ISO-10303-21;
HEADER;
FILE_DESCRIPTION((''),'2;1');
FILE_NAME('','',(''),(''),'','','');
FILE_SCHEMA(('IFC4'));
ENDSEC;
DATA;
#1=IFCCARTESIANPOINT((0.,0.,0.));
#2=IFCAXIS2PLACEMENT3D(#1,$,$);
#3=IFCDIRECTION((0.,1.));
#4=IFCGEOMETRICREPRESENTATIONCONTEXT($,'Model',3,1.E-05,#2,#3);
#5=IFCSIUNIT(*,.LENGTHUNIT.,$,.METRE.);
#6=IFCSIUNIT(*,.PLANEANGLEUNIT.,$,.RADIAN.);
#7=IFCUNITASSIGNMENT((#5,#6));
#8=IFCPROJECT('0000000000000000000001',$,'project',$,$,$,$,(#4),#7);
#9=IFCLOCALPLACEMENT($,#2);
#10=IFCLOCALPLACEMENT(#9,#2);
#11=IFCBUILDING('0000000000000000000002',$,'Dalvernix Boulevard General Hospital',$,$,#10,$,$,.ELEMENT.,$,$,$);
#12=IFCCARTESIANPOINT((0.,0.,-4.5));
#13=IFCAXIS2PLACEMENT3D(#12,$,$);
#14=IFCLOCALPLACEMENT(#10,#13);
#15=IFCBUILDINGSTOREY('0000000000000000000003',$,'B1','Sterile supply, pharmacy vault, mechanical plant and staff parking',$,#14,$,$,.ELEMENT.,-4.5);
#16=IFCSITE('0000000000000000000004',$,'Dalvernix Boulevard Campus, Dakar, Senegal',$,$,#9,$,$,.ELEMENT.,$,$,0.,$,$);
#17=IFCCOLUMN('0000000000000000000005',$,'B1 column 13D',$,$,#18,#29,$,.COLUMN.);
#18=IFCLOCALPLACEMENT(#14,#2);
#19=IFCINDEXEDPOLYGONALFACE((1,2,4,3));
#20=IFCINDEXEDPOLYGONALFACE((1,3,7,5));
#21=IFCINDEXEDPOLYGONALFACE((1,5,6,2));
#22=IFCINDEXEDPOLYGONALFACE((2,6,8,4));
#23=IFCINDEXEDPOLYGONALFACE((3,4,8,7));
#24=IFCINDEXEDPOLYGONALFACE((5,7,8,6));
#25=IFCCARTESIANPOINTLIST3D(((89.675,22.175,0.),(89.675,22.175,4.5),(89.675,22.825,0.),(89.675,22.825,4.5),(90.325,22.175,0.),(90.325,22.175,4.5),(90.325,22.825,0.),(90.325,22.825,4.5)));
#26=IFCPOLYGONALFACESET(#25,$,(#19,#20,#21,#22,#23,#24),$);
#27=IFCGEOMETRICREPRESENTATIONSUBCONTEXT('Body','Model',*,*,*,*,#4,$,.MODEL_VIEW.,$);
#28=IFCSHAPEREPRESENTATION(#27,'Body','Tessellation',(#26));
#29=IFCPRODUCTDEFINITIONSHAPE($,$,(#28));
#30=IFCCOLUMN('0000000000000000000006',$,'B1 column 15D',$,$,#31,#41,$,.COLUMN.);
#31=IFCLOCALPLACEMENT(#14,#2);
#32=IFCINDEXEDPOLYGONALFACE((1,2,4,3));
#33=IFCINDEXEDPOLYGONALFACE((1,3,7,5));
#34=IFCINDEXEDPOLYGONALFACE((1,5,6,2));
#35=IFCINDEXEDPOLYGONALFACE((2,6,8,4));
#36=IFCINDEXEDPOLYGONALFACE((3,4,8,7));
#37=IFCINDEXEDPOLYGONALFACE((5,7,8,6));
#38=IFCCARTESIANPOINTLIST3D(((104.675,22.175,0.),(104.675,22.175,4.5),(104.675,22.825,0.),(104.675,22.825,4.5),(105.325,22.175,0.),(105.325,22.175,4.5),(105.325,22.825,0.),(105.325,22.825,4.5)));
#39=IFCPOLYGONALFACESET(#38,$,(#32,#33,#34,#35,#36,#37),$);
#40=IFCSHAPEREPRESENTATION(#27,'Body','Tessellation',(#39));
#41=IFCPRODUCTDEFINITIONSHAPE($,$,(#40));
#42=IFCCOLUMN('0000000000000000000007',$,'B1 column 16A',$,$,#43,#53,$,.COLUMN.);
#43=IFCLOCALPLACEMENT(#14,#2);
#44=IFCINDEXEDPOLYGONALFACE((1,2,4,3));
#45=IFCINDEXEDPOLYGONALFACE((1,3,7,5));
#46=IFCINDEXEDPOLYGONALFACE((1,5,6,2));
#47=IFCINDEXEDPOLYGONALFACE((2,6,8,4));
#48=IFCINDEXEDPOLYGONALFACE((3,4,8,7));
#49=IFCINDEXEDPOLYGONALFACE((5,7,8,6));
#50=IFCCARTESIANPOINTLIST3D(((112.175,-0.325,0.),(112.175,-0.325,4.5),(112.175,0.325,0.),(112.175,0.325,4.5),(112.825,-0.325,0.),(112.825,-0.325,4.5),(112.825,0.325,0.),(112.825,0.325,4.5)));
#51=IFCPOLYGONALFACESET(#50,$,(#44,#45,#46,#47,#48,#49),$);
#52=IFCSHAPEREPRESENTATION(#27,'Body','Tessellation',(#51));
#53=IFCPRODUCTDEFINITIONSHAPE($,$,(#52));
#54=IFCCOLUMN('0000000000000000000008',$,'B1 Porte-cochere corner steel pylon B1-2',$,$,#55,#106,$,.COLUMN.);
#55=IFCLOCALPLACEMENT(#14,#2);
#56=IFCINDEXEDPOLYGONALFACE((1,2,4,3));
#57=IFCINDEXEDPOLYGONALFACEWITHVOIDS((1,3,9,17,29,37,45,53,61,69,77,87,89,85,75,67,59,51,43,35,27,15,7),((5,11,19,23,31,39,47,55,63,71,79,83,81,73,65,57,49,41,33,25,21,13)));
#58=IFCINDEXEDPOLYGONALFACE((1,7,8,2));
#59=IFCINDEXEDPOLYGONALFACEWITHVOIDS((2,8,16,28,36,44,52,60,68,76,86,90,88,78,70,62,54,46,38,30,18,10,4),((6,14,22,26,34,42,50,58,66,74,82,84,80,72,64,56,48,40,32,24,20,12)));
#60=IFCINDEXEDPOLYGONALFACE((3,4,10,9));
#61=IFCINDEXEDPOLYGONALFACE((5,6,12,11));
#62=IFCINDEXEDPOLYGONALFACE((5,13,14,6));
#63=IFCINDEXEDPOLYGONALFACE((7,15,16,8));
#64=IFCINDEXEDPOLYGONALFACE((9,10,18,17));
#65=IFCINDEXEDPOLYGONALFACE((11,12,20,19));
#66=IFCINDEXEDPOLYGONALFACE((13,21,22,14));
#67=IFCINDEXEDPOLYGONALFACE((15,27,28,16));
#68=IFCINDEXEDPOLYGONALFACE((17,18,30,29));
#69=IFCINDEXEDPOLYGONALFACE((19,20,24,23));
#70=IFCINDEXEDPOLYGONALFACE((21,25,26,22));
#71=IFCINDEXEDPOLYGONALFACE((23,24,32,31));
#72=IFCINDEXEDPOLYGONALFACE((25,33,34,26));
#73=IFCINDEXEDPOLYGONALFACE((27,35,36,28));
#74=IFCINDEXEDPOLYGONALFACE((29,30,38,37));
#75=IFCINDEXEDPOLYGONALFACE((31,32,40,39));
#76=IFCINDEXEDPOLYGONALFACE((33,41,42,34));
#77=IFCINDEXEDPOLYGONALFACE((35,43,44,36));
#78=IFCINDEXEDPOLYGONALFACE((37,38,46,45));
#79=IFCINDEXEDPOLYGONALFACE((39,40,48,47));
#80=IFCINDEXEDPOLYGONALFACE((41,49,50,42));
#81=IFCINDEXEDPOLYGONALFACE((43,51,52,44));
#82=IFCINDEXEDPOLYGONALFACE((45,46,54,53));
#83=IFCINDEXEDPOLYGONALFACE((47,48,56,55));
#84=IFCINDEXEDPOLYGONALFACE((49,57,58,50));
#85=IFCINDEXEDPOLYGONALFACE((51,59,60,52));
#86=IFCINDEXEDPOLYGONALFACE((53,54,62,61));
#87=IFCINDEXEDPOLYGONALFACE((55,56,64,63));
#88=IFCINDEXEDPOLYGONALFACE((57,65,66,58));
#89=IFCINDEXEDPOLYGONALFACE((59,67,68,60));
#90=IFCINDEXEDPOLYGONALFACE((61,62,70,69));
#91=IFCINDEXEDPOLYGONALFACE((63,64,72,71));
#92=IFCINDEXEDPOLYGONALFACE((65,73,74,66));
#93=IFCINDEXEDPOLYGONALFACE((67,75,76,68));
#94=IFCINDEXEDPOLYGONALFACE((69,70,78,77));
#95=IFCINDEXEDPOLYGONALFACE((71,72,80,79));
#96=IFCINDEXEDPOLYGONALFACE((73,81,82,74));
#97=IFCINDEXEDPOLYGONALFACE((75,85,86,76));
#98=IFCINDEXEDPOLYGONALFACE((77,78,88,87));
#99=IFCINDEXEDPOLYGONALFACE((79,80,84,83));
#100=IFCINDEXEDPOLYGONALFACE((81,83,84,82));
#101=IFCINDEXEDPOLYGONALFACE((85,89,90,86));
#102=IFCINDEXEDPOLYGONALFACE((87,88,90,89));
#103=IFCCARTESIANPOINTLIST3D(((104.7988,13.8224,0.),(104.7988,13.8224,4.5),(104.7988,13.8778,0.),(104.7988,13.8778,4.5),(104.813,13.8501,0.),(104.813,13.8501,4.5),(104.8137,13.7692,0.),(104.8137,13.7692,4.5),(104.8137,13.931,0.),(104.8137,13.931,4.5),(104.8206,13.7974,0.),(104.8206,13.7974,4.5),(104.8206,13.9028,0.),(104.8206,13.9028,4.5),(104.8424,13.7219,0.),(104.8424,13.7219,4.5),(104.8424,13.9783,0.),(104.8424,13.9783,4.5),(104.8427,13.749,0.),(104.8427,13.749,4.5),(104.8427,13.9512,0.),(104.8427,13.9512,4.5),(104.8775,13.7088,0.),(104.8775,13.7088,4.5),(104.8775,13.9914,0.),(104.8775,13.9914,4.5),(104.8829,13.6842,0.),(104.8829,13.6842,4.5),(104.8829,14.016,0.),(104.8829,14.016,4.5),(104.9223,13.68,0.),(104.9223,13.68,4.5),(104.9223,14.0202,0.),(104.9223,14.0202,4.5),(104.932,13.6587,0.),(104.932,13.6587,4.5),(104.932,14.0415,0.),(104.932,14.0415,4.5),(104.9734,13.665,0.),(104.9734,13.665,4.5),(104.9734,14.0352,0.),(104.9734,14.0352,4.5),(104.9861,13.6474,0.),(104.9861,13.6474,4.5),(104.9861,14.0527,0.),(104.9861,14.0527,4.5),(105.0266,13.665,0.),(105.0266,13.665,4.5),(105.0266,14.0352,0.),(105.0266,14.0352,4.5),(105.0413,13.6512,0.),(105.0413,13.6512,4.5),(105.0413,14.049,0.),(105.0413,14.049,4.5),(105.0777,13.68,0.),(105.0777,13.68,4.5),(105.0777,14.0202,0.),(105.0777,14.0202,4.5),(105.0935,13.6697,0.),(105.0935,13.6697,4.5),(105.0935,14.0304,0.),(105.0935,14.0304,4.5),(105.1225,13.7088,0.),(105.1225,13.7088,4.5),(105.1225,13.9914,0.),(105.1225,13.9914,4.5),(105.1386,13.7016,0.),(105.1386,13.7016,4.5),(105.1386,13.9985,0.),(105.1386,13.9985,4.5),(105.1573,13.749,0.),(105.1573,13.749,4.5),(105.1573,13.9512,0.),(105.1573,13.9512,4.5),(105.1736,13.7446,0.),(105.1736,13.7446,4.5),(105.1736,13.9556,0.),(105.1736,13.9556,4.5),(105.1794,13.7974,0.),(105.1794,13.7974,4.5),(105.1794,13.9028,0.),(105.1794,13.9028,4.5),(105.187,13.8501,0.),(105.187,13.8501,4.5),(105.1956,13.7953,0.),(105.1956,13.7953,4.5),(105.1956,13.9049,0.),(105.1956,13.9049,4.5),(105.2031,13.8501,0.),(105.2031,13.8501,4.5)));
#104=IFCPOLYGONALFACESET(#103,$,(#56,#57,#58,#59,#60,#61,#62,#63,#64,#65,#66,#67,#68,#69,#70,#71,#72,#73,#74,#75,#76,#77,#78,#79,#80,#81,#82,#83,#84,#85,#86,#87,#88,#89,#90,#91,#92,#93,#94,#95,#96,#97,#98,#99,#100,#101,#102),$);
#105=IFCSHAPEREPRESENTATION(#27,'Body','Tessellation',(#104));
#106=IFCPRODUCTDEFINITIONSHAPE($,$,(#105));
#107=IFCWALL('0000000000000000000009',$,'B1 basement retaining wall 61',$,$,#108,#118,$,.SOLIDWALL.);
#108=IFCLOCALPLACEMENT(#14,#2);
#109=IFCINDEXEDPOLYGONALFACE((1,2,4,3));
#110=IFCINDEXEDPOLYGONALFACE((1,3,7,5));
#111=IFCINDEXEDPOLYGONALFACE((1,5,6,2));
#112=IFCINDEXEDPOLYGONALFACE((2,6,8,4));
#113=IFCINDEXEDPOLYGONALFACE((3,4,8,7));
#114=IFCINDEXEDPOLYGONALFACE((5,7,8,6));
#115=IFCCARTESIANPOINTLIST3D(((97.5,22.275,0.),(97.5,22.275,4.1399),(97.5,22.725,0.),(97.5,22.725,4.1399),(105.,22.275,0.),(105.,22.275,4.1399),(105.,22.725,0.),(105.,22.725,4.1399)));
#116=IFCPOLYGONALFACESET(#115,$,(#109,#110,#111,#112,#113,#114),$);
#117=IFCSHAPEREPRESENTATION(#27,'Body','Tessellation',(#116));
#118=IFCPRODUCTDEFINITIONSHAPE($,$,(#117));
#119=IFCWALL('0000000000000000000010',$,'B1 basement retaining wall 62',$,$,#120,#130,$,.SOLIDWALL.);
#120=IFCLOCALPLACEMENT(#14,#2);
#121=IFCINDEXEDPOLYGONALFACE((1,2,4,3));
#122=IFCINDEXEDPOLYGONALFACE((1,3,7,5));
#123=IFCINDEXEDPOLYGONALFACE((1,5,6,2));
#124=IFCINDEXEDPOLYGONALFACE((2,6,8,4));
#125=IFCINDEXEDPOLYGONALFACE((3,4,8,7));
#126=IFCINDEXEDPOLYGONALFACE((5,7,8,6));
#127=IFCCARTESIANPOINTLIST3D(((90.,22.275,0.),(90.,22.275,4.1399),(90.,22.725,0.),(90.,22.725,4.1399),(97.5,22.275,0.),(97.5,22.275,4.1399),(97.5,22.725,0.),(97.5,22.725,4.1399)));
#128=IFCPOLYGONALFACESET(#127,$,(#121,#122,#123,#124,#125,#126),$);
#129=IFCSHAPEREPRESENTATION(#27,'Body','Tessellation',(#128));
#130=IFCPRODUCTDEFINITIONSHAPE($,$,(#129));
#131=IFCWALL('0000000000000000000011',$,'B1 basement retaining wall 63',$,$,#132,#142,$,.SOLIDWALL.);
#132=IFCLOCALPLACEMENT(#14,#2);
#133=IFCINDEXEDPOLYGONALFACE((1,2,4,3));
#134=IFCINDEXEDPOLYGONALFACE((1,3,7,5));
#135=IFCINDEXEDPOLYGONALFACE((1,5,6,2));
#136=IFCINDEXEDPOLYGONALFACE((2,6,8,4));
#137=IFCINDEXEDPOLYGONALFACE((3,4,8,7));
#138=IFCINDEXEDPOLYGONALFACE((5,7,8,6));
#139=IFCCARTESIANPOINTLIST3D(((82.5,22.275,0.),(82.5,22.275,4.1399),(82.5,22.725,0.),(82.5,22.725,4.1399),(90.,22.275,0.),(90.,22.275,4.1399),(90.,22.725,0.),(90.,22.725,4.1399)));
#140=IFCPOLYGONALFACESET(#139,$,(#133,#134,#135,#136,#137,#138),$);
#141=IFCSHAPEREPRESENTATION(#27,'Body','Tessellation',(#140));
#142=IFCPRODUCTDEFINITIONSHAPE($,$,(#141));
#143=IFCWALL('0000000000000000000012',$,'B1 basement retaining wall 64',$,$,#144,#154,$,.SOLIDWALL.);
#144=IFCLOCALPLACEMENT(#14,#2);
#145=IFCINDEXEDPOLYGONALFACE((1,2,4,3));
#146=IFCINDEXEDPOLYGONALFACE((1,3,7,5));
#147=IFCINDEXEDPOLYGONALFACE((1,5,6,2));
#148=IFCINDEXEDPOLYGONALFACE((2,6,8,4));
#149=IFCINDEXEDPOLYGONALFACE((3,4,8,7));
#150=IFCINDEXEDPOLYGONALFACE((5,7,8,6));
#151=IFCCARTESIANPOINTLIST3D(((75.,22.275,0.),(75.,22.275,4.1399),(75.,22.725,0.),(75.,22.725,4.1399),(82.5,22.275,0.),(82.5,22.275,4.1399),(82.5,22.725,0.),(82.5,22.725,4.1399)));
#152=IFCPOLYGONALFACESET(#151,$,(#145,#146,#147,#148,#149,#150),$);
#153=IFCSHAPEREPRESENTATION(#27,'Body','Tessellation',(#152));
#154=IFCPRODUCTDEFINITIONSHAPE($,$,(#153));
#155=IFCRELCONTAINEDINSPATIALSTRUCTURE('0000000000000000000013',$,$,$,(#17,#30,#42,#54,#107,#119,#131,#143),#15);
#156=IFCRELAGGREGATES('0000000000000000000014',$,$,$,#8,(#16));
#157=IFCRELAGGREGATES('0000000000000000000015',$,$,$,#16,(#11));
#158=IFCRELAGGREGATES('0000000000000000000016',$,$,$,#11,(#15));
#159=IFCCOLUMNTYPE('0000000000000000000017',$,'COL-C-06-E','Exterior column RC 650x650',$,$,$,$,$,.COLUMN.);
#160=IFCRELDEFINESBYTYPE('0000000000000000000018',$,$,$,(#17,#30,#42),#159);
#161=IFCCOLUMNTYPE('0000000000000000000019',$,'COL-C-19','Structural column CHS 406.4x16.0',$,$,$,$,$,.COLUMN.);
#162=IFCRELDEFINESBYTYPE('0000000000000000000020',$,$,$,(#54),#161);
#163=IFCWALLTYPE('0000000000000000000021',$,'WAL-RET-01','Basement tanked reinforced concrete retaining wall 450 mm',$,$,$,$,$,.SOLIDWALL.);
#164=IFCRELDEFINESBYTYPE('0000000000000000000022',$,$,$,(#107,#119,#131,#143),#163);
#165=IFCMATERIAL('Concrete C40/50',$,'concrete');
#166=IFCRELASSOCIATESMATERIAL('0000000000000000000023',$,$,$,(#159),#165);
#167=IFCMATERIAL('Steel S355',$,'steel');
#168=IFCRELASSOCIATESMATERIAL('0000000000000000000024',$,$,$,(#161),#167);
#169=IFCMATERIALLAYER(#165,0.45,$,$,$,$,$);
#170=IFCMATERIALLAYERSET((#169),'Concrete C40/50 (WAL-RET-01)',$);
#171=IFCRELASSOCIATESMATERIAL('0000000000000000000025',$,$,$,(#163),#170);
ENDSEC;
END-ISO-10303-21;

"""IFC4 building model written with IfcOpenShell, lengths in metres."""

from ifc_helpers import new_model, si_unit, direction, frame, frame_2d, origin, origin_2d, place, context, subcontext, project, spatial, rectangle, hollow_circle, extrude, material, layer, layer_set, material_profile, profile_set, type_object, element, save


model = new_model("IFC4")

# Units and contexts
model_context = context("Model", 3, precision=1e-05, world=origin(), true_north=direction((0.0, 1.0)))
body_context = subcontext(model_context, "Body", "Model", "MODEL_VIEW")
ifc_project = project(units=[si_unit("LENGTHUNIT", "METRE"), si_unit("PLANEANGLEUNIT", "RADIAN")], contexts=[model_context])

# Site, building, storey
site_placement = place(None, origin())
site = spatial("IfcSite", under=ifc_project, at=site_placement, Name="Dalvernix Boulevard Campus, Dakar, Senegal", CompositionType="ELEMENT", RefElevation=0.0)
building_placement = place(site_placement, origin())
building = spatial("IfcBuilding", under=site, at=building_placement, Name="Dalvernix Boulevard General Hospital", CompositionType="ELEMENT")
storey_placement = place(building_placement, frame((0.0, 0.0, -4.5)))
storey = spatial("IfcBuildingStorey", under=building, at=storey_placement, Name="B1", Description="Sterile supply, pharmacy vault, mechanical plant and staff parking", CompositionType="ELEMENT", Elevation=-4.5)

# Shared definitions
ifc_material_1 = material(Name="Concrete C40/50", Category="concrete")

# Columns
ifc_material_profile_1 = material_profile(ifc_material_1, rectangle(XDim=0.6499, YDim=0.6499, at=origin_2d()), Name="RC 650x650")
ifc_profile_set_1 = profile_set([ifc_material_profile_1], Name="Concrete C40/50")
column_type_1 = type_object("IfcColumnType", Name="COL-C-06-E", Description="Exterior column RC 650x650", PredefinedType="COLUMN", material=ifc_profile_set_1)
for number, where, z_axis, x_axis, name in (
    (1, (90.0, 22.5, 0.0), (0.0, 0.0, 1.0), (1.0, 0.0, 0.0), "B1 column 13D"),
    (2, (105.0, 22.5, 0.0), (0.0, 0.0, 1.0), (1.0, 0.0, 0.0), "B1 column 15D"),
    (3, (112.5, 0.0, 0.0), (0.0, 0.0, 1.0), (1.0, 0.0, 0.0), "B1 column 16A"),
):
    element("IfcColumn", number, at=place(storey_placement, frame(where, z_axis=z_axis, x_axis=x_axis)), inside=storey, type_object=column_type_1, Name=name, PredefinedType="COLUMN", context=body_context, shape_type="SweptSolid", body=[
        extrude(rectangle(XDim=0.6499, YDim=0.6499, at=origin_2d()), origin(), (0.0, 0.0, 1.0), 4.5),
    ])
ifc_material_2 = material(Name="Steel S355", Category="steel")
ifc_material_profile_2 = material_profile(ifc_material_2, hollow_circle(Radius=0.2031, WallThickness=0.0161, at=origin_2d()), Name="CHS 406.4x16.0")
ifc_profile_set_2 = profile_set([ifc_material_profile_2], Name="Steel S355")
column_type_2 = type_object("IfcColumnType", Name="COL-C-19", Description="Structural column CHS 406.4x16.0", PredefinedType="COLUMN", material=ifc_profile_set_2)
column_placement = place(storey_placement, frame((105.0, 13.8501, 0.0), z_axis=(0.0, 0.0, 1.0), x_axis=(1.0, 0.0, 0.0)))
element("IfcColumn", 4, at=column_placement, inside=storey, type_object=column_type_2, Name="B1 Porte-cochere corner steel pylon B1-2", PredefinedType="COLUMN", context=body_context, shape_type="SweptSolid", body=[
    extrude(hollow_circle(Radius=0.2031, WallThickness=0.0161, at=origin_2d()), origin(), (0.0, 0.0, 1.0), 4.5),
])

# Walls
ifc_layer = layer(ifc_material_1, 0.45)
ifc_layer_set = layer_set([ifc_layer], Name="Concrete C40/50 (WAL-RET-01)")
wall_type = type_object("IfcWallType", Name="WAL-RET-01", Description="Basement tanked reinforced concrete retaining wall 450 mm", PredefinedType="SOLIDWALL", material=ifc_layer_set)
for number, where, z_axis, x_axis, name in (
    (5, (105.0, 22.5, 0.0), (0.0, 0.0, 1.0), (-1.0, 0.0, 0.0), "B1 basement retaining wall 61"),
    (6, (97.5, 22.5, 0.0), (0.0, 0.0, 1.0), (-1.0, 0.0, 0.0), "B1 basement retaining wall 62"),
    (7, (90.0, 22.5, 0.0), (0.0, 0.0, 1.0), (-1.0, 0.0, 0.0), "B1 basement retaining wall 63"),
    (8, (82.5, 22.5, 0.0), (0.0, 0.0, 1.0), (-1.0, 0.0, 0.0), "B1 basement retaining wall 64"),
):
    element("IfcWall", number, at=place(storey_placement, frame(where, z_axis=z_axis, x_axis=x_axis)), inside=storey, type_object=wall_type, Name=name, PredefinedType="SOLIDWALL", context=body_context, shape_type="SweptSolid", body=[
        extrude(rectangle(XDim=7.5, YDim=0.45, at=frame_2d((3.75, 0.0))), origin(), (0.0, 0.0, 1.0), 4.1399),
    ])

save(model, "model.ifc")
